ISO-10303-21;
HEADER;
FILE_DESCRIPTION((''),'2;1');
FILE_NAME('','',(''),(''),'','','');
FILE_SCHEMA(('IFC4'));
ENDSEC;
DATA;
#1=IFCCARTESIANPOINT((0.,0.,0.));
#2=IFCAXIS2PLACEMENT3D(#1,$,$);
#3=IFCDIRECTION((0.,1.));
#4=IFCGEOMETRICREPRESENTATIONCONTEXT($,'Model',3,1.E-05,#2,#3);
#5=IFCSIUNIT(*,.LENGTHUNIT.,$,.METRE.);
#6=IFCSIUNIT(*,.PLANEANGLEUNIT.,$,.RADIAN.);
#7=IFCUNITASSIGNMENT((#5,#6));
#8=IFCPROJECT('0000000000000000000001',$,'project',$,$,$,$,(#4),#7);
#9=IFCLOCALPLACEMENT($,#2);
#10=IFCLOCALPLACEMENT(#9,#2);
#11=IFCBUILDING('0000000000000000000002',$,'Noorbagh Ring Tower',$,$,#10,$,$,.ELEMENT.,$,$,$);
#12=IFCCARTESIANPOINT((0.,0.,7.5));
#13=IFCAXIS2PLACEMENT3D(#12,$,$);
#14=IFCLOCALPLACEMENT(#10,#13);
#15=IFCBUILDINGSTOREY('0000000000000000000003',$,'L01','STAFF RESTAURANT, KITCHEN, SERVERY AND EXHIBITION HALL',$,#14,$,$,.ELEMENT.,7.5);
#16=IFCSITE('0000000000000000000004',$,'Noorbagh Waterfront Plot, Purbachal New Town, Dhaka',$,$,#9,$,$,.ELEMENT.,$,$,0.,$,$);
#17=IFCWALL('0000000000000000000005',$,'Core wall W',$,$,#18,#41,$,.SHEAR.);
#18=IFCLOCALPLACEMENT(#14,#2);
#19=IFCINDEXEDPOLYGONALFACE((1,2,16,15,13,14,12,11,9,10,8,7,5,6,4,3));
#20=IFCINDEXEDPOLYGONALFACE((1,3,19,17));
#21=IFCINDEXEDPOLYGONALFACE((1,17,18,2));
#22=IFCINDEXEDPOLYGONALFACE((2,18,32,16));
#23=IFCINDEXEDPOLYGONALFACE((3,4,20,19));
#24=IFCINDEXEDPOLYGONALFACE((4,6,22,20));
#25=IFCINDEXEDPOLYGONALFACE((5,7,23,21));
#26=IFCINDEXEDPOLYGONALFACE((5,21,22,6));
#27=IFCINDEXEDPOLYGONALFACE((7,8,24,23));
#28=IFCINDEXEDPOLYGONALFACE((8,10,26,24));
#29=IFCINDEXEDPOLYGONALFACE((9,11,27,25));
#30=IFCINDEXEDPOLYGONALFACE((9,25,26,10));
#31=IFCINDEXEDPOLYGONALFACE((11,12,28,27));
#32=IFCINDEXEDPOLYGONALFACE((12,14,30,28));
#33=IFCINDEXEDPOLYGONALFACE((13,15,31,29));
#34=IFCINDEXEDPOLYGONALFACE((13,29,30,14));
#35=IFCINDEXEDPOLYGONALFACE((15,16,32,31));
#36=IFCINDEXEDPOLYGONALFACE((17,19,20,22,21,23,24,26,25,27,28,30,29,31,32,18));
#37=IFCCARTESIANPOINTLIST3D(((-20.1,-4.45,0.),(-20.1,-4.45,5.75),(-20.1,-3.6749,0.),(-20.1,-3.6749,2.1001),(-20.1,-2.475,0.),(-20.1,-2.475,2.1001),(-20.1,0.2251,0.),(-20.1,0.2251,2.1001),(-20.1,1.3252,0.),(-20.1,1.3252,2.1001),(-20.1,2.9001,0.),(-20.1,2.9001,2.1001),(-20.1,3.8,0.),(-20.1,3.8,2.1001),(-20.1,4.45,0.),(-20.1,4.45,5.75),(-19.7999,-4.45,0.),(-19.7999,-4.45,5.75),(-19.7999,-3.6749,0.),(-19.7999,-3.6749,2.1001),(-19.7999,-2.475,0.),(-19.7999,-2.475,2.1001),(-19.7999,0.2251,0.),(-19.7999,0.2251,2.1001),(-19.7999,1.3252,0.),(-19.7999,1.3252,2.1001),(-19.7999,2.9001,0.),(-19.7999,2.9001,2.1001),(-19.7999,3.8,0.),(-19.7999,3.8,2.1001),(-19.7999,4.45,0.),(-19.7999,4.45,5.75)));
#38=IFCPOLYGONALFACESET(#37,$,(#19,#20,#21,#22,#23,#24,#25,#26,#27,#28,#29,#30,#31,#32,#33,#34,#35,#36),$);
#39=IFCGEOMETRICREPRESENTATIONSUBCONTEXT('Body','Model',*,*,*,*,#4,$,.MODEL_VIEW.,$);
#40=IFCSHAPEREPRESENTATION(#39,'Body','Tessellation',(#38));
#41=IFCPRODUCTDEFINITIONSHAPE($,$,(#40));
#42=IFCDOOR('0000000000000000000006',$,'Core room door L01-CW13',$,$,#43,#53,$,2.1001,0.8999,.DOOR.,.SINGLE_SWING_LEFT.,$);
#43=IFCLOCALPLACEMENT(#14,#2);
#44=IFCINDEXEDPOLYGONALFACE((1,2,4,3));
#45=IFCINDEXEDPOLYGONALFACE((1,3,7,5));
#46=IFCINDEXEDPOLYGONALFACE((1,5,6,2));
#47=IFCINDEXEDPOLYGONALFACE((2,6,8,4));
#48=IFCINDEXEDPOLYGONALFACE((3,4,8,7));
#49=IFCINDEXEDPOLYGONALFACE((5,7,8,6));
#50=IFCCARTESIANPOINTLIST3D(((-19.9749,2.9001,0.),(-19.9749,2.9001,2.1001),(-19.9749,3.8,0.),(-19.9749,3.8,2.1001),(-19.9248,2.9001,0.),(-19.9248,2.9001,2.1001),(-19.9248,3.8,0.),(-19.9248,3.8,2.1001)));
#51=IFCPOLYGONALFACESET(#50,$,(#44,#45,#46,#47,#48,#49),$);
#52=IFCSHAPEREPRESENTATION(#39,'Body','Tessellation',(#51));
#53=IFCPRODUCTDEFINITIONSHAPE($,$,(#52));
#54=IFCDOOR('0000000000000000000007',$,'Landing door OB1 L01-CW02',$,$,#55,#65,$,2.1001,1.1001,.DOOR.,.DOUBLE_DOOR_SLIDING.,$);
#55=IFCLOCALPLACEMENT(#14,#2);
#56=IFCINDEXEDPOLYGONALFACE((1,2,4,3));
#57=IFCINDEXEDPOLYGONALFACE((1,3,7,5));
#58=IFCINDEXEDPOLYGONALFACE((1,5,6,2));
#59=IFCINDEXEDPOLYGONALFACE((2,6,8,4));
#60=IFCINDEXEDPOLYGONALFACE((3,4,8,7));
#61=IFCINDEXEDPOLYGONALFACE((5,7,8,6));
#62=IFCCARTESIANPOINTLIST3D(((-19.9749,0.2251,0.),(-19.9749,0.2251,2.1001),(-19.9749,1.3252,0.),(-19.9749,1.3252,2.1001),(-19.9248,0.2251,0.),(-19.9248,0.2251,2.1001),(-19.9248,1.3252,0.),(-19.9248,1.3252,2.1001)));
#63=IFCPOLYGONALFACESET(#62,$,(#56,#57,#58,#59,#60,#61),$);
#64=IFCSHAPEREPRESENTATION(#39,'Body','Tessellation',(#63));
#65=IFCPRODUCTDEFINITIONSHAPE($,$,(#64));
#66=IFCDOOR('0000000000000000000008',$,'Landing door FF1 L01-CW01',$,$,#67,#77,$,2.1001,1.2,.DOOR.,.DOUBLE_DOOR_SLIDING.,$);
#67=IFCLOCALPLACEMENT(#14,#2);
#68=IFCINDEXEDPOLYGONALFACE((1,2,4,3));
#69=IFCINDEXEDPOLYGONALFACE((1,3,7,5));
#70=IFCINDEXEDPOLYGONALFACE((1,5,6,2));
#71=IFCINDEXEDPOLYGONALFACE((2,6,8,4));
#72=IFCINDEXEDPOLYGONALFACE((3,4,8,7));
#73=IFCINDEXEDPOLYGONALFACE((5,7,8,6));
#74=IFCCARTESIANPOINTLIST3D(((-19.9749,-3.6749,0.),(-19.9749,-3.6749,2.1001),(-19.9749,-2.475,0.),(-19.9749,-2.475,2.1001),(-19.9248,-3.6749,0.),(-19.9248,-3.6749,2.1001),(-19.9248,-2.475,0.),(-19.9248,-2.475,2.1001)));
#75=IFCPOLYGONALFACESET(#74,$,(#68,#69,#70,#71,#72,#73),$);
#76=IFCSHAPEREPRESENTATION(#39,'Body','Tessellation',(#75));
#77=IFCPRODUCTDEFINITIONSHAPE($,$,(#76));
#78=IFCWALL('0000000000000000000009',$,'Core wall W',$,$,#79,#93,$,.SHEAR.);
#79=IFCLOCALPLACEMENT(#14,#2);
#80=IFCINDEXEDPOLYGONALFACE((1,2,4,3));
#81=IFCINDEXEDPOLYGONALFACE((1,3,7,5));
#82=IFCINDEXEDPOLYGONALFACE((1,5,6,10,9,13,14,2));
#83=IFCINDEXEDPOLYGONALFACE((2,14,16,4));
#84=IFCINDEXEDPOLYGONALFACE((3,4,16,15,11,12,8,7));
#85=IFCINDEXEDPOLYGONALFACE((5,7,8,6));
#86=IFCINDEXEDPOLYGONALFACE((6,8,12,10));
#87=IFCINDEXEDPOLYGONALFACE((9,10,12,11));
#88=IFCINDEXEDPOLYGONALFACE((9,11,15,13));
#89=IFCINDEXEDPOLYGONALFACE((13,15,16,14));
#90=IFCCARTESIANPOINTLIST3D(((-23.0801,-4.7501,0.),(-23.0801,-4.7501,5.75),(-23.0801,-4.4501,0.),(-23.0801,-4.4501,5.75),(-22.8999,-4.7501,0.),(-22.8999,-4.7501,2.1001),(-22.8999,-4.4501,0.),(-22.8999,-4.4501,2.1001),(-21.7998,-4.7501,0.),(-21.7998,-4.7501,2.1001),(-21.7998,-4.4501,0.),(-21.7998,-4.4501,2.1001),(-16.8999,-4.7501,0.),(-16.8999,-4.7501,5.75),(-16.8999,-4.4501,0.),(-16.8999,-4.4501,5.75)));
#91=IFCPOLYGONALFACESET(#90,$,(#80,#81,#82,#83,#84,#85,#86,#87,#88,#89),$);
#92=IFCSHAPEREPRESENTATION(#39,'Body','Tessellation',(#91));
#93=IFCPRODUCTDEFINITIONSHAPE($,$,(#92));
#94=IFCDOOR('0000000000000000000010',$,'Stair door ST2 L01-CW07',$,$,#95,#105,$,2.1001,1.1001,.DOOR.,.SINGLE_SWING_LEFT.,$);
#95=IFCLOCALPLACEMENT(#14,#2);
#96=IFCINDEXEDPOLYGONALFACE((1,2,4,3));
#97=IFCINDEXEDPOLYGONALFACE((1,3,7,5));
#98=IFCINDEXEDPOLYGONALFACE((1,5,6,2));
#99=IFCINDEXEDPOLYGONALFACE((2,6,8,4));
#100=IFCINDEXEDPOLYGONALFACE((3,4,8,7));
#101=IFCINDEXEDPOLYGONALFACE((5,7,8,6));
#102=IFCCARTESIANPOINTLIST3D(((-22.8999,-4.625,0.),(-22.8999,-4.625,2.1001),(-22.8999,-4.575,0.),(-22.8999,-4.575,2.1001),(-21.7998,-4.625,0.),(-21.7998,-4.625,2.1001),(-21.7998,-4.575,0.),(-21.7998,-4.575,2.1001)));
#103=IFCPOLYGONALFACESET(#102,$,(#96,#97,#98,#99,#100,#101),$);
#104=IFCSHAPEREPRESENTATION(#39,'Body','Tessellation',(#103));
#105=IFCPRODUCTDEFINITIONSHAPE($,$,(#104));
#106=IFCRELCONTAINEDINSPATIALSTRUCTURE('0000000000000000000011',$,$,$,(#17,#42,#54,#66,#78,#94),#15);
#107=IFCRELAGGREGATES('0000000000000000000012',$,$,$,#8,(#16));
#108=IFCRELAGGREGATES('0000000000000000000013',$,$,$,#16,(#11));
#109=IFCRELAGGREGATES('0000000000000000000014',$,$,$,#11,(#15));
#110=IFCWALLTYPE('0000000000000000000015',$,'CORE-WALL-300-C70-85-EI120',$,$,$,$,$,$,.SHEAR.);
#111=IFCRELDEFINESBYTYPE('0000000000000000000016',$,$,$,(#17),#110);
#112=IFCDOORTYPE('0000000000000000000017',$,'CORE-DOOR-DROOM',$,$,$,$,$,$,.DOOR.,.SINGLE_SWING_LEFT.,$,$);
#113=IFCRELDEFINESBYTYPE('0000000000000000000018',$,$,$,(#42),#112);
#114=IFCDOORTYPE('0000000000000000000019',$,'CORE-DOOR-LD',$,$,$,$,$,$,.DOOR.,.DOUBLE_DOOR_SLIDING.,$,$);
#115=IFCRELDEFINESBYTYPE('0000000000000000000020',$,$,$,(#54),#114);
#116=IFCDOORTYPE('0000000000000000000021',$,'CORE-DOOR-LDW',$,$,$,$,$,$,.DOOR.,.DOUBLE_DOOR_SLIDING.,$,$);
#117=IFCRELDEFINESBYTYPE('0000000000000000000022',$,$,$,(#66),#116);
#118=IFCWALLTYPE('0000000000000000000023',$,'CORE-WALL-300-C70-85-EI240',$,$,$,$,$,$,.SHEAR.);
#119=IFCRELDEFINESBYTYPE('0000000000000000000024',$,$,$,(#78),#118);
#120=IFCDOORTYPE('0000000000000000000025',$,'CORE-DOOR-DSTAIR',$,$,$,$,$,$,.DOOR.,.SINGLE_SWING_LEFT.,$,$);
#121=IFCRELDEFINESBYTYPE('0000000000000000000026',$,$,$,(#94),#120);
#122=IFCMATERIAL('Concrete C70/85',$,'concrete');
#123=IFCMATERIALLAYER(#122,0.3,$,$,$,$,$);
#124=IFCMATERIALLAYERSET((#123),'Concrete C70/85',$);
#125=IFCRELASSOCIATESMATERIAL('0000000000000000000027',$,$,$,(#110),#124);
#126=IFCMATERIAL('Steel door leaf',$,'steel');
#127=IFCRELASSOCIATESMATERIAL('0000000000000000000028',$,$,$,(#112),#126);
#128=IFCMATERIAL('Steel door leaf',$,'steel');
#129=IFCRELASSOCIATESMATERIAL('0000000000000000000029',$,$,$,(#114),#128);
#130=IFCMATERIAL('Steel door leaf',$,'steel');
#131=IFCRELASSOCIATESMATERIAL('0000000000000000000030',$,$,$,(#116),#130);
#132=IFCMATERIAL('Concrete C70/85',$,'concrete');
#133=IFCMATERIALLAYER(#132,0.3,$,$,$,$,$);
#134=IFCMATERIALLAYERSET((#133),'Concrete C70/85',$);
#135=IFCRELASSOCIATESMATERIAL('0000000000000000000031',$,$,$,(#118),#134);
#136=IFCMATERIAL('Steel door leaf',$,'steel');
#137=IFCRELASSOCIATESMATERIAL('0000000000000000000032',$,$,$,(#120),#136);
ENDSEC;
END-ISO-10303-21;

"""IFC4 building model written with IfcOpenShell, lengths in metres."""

from ifc_helpers import new_model, si_unit, direction, frame, frame_2d, origin, place, context, subcontext, project, spatial, rectangle, extrude, material, layer, layer_set, type_object, element, fill, save


model = new_model("IFC4")

# Units and contexts
model_context = context("Model", 3, precision=1e-05, world=origin(), true_north=direction((0.0, 1.0)))
body_context = subcontext(model_context, "Body", "Model", "MODEL_VIEW")
ifc_project = project(units=[si_unit("LENGTHUNIT", "METRE"), si_unit("PLANEANGLEUNIT", "RADIAN")], contexts=[model_context])

# Site, building, storey
site_placement = place(None, origin())
site = spatial("IfcSite", under=ifc_project, at=site_placement, Name="Noorbagh Waterfront Plot, Purbachal New Town, Dhaka", CompositionType="ELEMENT", RefElevation=0.0)
building_placement = place(site_placement, origin())
building = spatial("IfcBuilding", under=site, at=building_placement, Name="Noorbagh Ring Tower", CompositionType="ELEMENT")
storey_placement = place(building_placement, frame((0.0, 0.0, 7.5)))
storey = spatial("IfcBuildingStorey", under=building, at=storey_placement, Name="L01", Description="STAFF RESTAURANT, KITCHEN, SERVERY AND EXHIBITION HALL", CompositionType="ELEMENT", Elevation=7.5)

# Shared definitions
ifc_material_1 = material(Name="Concrete C70/85", Category="concrete")
ifc_layer_1 = layer(ifc_material_1, 0.3)
ifc_layer_set_1 = layer_set([ifc_layer_1], Name="Concrete C70/85")
wall_type_1 = type_object("IfcWallType", Name="CORE-WALL-300-C70-85-EI120", PredefinedType="SHEAR", material=ifc_layer_set_1)

# Wall, openings, doors
wall_1_placement = place(storey_placement, frame((-19.95, -4.45, 0.0), z_axis=(0.0, 0.0, 1.0), x_axis=(0.0, 1.0, 0.0)))
wall_1 = element("IfcWall", 1, at=wall_1_placement, inside=storey, type_object=wall_type_1, Name="Core wall W", PredefinedType="SHEAR", context=body_context, shape_type="SweptSolid", body=[
    extrude(rectangle(XDim=8.8999, YDim=0.3, at=frame_2d((4.45, 0.0))), origin(), (0.0, 0.0, 1.0), 5.75),
])
opening_1_placement = place(wall_1_placement, frame((0.7749, 0.0, 0.0)))
opening_1 = element("IfcOpeningElement", 2, at=opening_1_placement, cuts=wall_1, PredefinedType="OPENING", context=body_context, shape_type="SweptSolid", body=[
    extrude(rectangle(XDim=1.2, YDim=2.1001, at=frame_2d((0.6001, 1.05))), frame((0.0, 0.1602, 0.0), z_axis=(0.0, -1.0, 0.0), x_axis=(1.0, 0.0, 0.0)), (0.0, 0.0, 1.0), 0.3201),
])
opening_2_placement = place(wall_1_placement, frame((4.675, 0.0, 0.0)))
opening_2 = element("IfcOpeningElement", 3, at=opening_2_placement, cuts=wall_1, PredefinedType="OPENING", context=body_context, shape_type="SweptSolid", body=[
    extrude(rectangle(XDim=1.1001, YDim=2.1001, at=frame_2d((0.55, 1.05))), frame((0.0, 0.1602, 0.0), z_axis=(0.0, -1.0, 0.0), x_axis=(1.0, 0.0, 0.0)), (0.0, 0.0, 1.0), 0.3201),
])
opening_3_placement = place(wall_1_placement, frame((7.3501, 0.0, 0.0)))
opening_3 = element("IfcOpeningElement", 4, at=opening_3_placement, cuts=wall_1, PredefinedType="OPENING", context=body_context, shape_type="SweptSolid", body=[
    extrude(rectangle(XDim=0.8999, YDim=2.1001, at=frame_2d((0.45, 1.05))), frame((0.0, 0.1602, 0.0), z_axis=(0.0, -1.0, 0.0), x_axis=(1.0, 0.0, 0.0)), (0.0, 0.0, 1.0), 0.3201),
])
ifc_material_2 = material(Name="Steel door leaf", Category="steel")
door_type_1 = type_object("IfcDoorType", Name="CORE-DOOR-DROOM", OperationType="SINGLE_SWING_LEFT", PredefinedType="DOOR", material=ifc_material_2)
door_1_placement = place(opening_3_placement, origin())
door_1 = element("IfcDoor", 5, at=door_1_placement, inside=storey, type_object=door_type_1, Name="Core room door L01-CW13", OperationType="SINGLE_SWING_LEFT", OverallHeight=2.1001, OverallWidth=0.8999, PredefinedType="DOOR", context=body_context, shape_type="SweptSolid", body=[
    extrude(rectangle(XDim=0.8999, YDim=2.1001, at=frame_2d((0.45, 1.05))), frame((0.0, 0.0249, 0.0), z_axis=(0.0, -1.0, 0.0), x_axis=(1.0, 0.0, 0.0)), (0.0, 0.0, 1.0), 0.05),
])
fill(opening_3, door_1)
ifc_material_3 = material(Name="Steel door leaf", Category="steel")
door_type_2 = type_object("IfcDoorType", Name="CORE-DOOR-LD", OperationType="DOUBLE_DOOR_SLIDING", PredefinedType="DOOR", material=ifc_material_3)
door_2_placement = place(opening_2_placement, origin())
door_2 = element("IfcDoor", 6, at=door_2_placement, inside=storey, type_object=door_type_2, Name="Landing door OB1 L01-CW02", OperationType="DOUBLE_DOOR_SLIDING", OverallHeight=2.1001, OverallWidth=1.1001, PredefinedType="DOOR", context=body_context, shape_type="SweptSolid", body=[
    extrude(rectangle(XDim=1.1001, YDim=2.1001, at=frame_2d((0.55, 1.05))), frame((0.0, 0.0249, 0.0), z_axis=(0.0, -1.0, 0.0), x_axis=(1.0, 0.0, 0.0)), (0.0, 0.0, 1.0), 0.05),
])
fill(opening_2, door_2)
ifc_material_4 = material(Name="Steel door leaf", Category="steel")
door_type_3 = type_object("IfcDoorType", Name="CORE-DOOR-LDW", OperationType="DOUBLE_DOOR_SLIDING", PredefinedType="DOOR", material=ifc_material_4)
door_3_placement = place(opening_1_placement, origin())
door_3 = element("IfcDoor", 7, at=door_3_placement, inside=storey, type_object=door_type_3, Name="Landing door FF1 L01-CW01", OperationType="DOUBLE_DOOR_SLIDING", OverallHeight=2.1001, OverallWidth=1.2, PredefinedType="DOOR", context=body_context, shape_type="SweptSolid", body=[
    extrude(rectangle(XDim=1.2, YDim=2.1001, at=frame_2d((0.6001, 1.05))), frame((0.0, 0.0249, 0.0), z_axis=(0.0, -1.0, 0.0), x_axis=(1.0, 0.0, 0.0)), (0.0, 0.0, 1.0), 0.05),
])
fill(opening_1, door_3)

# Wall, opening, door
ifc_material_5 = material(Name="Concrete C70/85", Category="concrete")
ifc_layer_2 = layer(ifc_material_5, 0.3)
ifc_layer_set_2 = layer_set([ifc_layer_2], Name="Concrete C70/85")
wall_type_2 = type_object("IfcWallType", Name="CORE-WALL-300-C70-85-EI240", PredefinedType="SHEAR", material=ifc_layer_set_2)
wall_2_placement = place(storey_placement, frame((-16.8999, -4.6001, 0.0), z_axis=(0.0, 0.0, 1.0), x_axis=(-1.0, 0.0, 0.0)))
wall_2 = element("IfcWall", 8, at=wall_2_placement, inside=storey, type_object=wall_type_2, Name="Core wall W", PredefinedType="SHEAR", context=body_context, shape_type="SweptSolid", body=[
    extrude(rectangle(XDim=6.1802, YDim=0.3, at=frame_2d((3.0901, 0.0))), origin(), (0.0, 0.0, 1.0), 5.75),
])
opening_4_placement = place(wall_2_placement, frame((4.8999, 0.0, 0.0)))
opening_4 = element("IfcOpeningElement", 9, at=opening_4_placement, cuts=wall_2, PredefinedType="OPENING", context=body_context, shape_type="SweptSolid", body=[
    extrude(rectangle(XDim=1.1001, YDim=2.1001, at=frame_2d((0.55, 1.05))), frame((0.0, 0.1602, 0.0), z_axis=(0.0, -1.0, 0.0), x_axis=(1.0, 0.0, 0.0)), (0.0, 0.0, 1.0), 0.3201),
])
ifc_material_6 = material(Name="Steel door leaf", Category="steel")
door_type_4 = type_object("IfcDoorType", Name="CORE-DOOR-DSTAIR", OperationType="SINGLE_SWING_LEFT", PredefinedType="DOOR", material=ifc_material_6)
door_4_placement = place(opening_4_placement, origin())
door_4 = element("IfcDoor", 10, at=door_4_placement, inside=storey, type_object=door_type_4, Name="Stair door ST2 L01-CW07", OperationType="SINGLE_SWING_LEFT", OverallHeight=2.1001, OverallWidth=1.1001, PredefinedType="DOOR", context=body_context, shape_type="SweptSolid", body=[
    extrude(rectangle(XDim=1.1001, YDim=2.1001, at=frame_2d((0.55, 1.05))), frame((0.0, 0.0249, 0.0), z_axis=(0.0, -1.0, 0.0), x_axis=(1.0, 0.0, 0.0)), (0.0, 0.0, 1.0), 0.05),
])
fill(opening_4, door_4)

save(model, "model.ifc")
